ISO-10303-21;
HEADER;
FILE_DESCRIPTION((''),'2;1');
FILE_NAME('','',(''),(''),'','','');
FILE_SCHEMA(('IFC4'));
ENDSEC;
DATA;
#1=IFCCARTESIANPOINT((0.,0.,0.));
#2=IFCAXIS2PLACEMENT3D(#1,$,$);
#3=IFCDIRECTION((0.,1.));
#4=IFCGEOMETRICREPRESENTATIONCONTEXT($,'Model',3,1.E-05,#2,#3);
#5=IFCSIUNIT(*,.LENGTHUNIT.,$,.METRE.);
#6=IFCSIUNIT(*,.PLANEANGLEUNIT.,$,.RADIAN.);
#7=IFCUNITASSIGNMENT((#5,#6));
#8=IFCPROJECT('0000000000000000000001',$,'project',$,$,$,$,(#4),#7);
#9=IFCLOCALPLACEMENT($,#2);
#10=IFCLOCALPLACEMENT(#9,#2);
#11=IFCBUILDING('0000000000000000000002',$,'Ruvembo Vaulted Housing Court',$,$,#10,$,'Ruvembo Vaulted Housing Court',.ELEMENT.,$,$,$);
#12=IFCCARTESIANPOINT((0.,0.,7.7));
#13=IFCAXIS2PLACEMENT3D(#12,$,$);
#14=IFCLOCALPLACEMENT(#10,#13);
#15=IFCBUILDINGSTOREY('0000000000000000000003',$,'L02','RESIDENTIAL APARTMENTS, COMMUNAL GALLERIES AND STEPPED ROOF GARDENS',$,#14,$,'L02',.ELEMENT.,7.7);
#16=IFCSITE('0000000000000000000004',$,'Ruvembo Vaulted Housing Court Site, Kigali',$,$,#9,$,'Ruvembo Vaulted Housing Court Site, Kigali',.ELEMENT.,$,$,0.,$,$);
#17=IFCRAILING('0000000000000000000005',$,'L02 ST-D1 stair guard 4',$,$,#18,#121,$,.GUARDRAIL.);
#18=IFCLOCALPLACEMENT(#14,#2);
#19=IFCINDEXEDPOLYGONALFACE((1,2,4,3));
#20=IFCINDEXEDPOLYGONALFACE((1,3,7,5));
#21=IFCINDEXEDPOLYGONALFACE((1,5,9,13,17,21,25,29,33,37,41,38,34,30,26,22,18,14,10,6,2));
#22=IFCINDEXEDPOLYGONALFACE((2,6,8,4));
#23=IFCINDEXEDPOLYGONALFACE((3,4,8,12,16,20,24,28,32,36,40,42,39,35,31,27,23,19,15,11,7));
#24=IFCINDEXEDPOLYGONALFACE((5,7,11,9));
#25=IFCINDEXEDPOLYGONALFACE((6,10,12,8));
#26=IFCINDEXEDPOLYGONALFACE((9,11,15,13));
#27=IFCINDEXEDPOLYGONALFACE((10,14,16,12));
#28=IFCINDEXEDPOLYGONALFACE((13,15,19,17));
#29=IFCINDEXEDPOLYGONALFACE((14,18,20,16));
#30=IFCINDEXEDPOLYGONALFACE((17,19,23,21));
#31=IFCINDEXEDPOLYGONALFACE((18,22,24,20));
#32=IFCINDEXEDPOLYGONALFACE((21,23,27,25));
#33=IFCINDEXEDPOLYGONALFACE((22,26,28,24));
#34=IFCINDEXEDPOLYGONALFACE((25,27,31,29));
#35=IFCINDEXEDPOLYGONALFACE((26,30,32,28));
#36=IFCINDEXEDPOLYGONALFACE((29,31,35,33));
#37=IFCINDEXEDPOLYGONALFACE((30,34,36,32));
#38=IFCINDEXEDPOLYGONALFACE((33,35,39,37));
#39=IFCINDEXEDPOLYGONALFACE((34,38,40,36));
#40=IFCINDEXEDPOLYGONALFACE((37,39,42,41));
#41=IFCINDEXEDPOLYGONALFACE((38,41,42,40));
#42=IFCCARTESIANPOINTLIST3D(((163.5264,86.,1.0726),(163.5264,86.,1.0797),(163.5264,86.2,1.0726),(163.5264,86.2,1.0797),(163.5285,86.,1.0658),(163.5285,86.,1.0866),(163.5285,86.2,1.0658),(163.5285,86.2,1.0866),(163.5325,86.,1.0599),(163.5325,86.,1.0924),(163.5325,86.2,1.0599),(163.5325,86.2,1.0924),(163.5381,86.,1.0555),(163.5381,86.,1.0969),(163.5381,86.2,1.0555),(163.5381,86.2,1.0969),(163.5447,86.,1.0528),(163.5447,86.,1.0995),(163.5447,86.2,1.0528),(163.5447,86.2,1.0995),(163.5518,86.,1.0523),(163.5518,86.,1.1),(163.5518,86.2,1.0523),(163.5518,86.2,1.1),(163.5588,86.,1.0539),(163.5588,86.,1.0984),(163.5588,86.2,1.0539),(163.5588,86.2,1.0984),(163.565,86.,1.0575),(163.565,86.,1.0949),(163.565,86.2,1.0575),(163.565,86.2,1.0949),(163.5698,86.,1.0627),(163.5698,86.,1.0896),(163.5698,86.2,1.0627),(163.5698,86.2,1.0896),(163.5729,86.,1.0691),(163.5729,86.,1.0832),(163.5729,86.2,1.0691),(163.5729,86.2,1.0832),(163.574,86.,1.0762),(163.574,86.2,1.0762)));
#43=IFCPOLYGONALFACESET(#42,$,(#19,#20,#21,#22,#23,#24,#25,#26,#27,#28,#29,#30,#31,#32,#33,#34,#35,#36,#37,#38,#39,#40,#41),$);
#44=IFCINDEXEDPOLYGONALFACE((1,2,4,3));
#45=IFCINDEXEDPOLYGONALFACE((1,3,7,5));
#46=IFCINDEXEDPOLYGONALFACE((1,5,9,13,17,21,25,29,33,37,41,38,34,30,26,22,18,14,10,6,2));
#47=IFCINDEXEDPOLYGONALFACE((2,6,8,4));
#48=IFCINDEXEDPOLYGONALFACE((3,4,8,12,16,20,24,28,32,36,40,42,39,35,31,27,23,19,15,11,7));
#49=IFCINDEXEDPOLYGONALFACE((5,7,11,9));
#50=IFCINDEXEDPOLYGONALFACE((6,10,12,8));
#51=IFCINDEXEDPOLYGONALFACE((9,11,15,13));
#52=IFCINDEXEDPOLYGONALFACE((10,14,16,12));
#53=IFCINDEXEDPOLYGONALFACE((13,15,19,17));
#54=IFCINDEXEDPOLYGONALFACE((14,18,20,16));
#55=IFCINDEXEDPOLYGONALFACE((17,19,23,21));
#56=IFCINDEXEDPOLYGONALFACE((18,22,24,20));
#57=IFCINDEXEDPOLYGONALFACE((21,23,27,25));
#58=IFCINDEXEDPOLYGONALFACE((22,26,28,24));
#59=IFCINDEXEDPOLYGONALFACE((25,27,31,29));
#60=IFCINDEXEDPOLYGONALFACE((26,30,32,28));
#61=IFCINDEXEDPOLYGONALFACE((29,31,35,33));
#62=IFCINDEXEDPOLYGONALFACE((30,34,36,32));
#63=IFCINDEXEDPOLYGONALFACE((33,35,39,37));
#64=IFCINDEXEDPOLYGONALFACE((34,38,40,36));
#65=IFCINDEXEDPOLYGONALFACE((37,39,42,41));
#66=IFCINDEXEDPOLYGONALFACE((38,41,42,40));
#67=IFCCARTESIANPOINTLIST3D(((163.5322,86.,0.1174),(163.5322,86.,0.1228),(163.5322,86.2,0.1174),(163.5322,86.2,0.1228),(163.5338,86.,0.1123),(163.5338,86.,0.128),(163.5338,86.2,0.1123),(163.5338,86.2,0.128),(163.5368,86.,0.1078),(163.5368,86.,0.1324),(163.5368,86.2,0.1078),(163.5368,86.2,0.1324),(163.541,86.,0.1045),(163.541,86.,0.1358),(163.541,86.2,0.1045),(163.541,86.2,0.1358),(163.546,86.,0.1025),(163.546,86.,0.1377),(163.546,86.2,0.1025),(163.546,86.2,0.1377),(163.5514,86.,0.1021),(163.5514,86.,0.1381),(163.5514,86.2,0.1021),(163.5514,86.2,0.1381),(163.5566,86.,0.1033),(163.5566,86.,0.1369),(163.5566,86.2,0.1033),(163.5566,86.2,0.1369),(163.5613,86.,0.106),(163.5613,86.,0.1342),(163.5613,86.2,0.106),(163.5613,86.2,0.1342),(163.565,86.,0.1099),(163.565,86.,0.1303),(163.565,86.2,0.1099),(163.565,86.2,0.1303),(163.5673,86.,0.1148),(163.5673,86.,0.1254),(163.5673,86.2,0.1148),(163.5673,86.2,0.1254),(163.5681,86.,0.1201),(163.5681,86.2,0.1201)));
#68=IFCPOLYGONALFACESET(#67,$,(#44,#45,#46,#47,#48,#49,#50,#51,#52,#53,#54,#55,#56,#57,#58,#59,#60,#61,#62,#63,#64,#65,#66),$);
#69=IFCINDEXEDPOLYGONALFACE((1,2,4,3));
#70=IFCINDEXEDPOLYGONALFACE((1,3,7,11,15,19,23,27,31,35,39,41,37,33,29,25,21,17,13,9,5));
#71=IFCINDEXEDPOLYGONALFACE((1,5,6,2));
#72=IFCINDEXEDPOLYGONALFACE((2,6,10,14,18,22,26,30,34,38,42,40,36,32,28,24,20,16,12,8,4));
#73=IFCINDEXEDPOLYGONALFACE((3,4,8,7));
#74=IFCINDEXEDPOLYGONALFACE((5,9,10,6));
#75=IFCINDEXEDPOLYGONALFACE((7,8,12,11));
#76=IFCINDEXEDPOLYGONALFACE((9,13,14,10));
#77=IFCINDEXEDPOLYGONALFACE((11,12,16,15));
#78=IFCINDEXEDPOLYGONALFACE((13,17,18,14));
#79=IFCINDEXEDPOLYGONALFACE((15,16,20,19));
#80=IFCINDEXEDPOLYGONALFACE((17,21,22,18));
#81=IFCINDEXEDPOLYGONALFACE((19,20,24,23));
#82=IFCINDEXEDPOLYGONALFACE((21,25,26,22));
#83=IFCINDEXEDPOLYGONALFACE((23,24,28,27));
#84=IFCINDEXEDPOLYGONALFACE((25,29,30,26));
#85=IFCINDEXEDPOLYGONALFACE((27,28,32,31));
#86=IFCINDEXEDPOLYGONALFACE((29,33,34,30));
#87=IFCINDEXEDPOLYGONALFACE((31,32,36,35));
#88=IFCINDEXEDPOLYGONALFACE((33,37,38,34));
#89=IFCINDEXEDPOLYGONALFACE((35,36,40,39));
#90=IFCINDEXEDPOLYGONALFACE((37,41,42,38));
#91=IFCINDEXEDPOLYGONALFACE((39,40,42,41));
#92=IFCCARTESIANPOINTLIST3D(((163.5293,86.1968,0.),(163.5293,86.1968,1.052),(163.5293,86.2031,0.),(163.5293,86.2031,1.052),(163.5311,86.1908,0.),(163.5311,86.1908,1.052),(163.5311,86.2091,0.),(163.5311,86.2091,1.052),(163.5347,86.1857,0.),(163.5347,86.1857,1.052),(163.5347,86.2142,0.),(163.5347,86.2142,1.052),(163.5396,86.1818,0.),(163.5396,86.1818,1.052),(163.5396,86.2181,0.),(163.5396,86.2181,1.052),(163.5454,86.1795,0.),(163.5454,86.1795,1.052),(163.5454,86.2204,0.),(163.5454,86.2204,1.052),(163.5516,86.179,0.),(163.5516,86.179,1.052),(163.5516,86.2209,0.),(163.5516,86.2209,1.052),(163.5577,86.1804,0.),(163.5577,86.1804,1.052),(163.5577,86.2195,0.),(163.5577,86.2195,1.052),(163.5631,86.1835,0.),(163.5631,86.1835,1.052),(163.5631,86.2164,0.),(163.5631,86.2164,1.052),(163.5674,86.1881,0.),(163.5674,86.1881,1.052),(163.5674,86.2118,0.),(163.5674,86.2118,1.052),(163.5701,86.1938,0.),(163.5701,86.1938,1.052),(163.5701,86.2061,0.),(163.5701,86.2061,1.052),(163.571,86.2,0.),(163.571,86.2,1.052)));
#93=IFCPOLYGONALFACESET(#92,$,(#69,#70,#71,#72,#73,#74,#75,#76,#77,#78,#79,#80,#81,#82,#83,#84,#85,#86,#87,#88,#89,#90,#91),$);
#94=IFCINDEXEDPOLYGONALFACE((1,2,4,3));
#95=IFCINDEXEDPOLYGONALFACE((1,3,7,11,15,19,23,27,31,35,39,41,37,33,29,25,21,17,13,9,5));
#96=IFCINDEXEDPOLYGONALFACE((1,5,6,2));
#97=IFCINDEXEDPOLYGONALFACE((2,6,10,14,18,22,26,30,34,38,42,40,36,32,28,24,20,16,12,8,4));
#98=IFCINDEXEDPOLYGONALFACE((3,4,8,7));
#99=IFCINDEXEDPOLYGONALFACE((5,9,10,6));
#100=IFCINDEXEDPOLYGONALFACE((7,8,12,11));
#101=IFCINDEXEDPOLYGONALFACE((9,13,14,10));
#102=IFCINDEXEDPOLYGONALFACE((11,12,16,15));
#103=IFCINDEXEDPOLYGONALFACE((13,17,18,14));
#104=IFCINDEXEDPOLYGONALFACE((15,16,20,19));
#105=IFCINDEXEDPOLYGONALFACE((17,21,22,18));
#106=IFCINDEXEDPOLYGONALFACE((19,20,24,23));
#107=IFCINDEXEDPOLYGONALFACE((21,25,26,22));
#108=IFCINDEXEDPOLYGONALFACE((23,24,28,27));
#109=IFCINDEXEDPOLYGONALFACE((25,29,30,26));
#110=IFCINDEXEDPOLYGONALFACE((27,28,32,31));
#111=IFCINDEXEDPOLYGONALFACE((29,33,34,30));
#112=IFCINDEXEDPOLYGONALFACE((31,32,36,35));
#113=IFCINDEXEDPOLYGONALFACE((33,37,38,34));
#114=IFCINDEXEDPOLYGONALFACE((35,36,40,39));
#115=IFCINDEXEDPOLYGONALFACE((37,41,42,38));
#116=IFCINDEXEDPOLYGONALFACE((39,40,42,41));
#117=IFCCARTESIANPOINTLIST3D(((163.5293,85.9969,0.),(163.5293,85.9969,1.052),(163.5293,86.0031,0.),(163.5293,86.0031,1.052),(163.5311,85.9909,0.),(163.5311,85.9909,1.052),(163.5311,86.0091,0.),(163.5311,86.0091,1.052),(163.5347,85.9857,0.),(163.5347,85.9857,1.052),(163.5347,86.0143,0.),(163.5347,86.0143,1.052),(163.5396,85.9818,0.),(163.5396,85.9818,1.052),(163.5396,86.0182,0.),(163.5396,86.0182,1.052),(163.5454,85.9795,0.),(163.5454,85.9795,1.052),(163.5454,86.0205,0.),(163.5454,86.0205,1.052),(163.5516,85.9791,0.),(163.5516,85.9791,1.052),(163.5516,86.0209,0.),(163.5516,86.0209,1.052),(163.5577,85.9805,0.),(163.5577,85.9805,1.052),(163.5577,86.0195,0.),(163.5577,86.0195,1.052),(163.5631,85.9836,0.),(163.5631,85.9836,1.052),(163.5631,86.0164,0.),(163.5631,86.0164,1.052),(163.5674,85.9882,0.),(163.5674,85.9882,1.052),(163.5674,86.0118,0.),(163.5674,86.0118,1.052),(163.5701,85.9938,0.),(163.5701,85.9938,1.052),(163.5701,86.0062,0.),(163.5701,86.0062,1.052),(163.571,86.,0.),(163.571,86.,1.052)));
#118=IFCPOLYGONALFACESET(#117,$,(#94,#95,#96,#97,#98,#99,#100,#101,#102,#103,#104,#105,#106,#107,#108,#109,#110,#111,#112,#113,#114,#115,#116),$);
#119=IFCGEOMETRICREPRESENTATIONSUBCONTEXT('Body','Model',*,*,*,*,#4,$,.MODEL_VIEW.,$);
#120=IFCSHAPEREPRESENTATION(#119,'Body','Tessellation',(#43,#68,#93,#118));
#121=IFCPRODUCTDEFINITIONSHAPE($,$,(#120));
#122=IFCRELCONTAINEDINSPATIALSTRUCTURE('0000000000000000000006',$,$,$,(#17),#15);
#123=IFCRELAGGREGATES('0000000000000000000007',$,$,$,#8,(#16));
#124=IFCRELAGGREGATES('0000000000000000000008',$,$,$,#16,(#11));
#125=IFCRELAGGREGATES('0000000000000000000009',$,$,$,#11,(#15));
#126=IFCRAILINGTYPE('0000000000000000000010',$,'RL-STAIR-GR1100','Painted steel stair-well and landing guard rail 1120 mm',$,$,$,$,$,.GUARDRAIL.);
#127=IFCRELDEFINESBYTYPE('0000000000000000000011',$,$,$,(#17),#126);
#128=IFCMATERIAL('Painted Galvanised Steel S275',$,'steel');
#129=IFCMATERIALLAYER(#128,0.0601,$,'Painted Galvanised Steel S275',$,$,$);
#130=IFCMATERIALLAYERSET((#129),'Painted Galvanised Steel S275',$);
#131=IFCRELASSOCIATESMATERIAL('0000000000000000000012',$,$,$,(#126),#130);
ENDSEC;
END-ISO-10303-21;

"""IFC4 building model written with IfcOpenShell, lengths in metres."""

from ifc_helpers import new_model, si_unit, direction, frame, origin, origin_2d, place, context, subcontext, project, spatial, circle, extrude, material, layer, layer_set, type_object, element, save


model = new_model("IFC4")

# Units and contexts
model_context = context("Model", 3, precision=1e-05, world=origin(), true_north=direction((0.0, 1.0)))
body_context = subcontext(model_context, "Body", "Model", "MODEL_VIEW")
ifc_project = project(units=[si_unit("LENGTHUNIT", "METRE"), si_unit("PLANEANGLEUNIT", "RADIAN")], contexts=[model_context])

# Site, building, storey
site_placement = place(None, origin())
site = spatial("IfcSite", under=ifc_project, at=site_placement, Name="Ruvembo Vaulted Housing Court Site, Kigali", LongName="Ruvembo Vaulted Housing Court Site, Kigali", CompositionType="ELEMENT", RefElevation=0.0)
building_placement = place(site_placement, origin())
building = spatial("IfcBuilding", under=site, at=building_placement, Name="Ruvembo Vaulted Housing Court", LongName="Ruvembo Vaulted Housing Court", CompositionType="ELEMENT")
storey_placement = place(building_placement, frame((0.0, 0.0, 7.7)))
storey = spatial("IfcBuildingStorey", under=building, at=storey_placement, Name="L02", Description="RESIDENTIAL APARTMENTS, COMMUNAL GALLERIES AND STEPPED ROOF GARDENS", LongName="L02", CompositionType="ELEMENT", Elevation=7.7)

# Railing
ifc_material_1 = material(Name="Painted Galvanised Steel S275", Category="steel")
ifc_layer_1 = layer(ifc_material_1, 0.0601, Name="Painted Galvanised Steel S275")
ifc_layer_set_1 = layer_set([ifc_layer_1], Name="Painted Galvanised Steel S275")
railing_type_1 = type_object("IfcRailingType", Name="RL-STAIR-GR1100", Description="Painted steel stair-well and landing guard rail 1120 mm", PredefinedType="GUARDRAIL", material=ifc_layer_set_1)
railing_1_placement = place(storey_placement, frame((163.55, 86.2, 0.0)))
element("IfcRailing", 1, at=railing_1_placement, inside=storey, type_object=railing_type_1, Name="L02 ST-D1 stair guard 4", PredefinedType="GUARDRAIL", context=body_context, shape_type="SweptSolid", body=[
    extrude(circle(Radius=0.0239, at=origin_2d()), frame((0.0, 0.0, 1.0762), z_axis=(0.0, -1.0, 0.0), x_axis=(1.0, 0.0, 0.0)), (0.0, 0.0, 1.0), 0.2),
    extrude(circle(Radius=0.0181, at=origin_2d()), frame((0.0, 0.0, 0.1201), z_axis=(0.0, -1.0, 0.0), x_axis=(1.0, 0.0, 0.0)), (0.0, 0.0, 1.0), 0.2),
    extrude(circle(Radius=0.021, at=origin_2d()), origin(), (0.0, 0.0, 1.0), 1.052),
    extrude(circle(Radius=0.021, at=origin_2d()), frame((0.0, -0.2, 0.0)), (0.0, 0.0, 1.0), 1.052),
])

save(model, "model.ifc")
